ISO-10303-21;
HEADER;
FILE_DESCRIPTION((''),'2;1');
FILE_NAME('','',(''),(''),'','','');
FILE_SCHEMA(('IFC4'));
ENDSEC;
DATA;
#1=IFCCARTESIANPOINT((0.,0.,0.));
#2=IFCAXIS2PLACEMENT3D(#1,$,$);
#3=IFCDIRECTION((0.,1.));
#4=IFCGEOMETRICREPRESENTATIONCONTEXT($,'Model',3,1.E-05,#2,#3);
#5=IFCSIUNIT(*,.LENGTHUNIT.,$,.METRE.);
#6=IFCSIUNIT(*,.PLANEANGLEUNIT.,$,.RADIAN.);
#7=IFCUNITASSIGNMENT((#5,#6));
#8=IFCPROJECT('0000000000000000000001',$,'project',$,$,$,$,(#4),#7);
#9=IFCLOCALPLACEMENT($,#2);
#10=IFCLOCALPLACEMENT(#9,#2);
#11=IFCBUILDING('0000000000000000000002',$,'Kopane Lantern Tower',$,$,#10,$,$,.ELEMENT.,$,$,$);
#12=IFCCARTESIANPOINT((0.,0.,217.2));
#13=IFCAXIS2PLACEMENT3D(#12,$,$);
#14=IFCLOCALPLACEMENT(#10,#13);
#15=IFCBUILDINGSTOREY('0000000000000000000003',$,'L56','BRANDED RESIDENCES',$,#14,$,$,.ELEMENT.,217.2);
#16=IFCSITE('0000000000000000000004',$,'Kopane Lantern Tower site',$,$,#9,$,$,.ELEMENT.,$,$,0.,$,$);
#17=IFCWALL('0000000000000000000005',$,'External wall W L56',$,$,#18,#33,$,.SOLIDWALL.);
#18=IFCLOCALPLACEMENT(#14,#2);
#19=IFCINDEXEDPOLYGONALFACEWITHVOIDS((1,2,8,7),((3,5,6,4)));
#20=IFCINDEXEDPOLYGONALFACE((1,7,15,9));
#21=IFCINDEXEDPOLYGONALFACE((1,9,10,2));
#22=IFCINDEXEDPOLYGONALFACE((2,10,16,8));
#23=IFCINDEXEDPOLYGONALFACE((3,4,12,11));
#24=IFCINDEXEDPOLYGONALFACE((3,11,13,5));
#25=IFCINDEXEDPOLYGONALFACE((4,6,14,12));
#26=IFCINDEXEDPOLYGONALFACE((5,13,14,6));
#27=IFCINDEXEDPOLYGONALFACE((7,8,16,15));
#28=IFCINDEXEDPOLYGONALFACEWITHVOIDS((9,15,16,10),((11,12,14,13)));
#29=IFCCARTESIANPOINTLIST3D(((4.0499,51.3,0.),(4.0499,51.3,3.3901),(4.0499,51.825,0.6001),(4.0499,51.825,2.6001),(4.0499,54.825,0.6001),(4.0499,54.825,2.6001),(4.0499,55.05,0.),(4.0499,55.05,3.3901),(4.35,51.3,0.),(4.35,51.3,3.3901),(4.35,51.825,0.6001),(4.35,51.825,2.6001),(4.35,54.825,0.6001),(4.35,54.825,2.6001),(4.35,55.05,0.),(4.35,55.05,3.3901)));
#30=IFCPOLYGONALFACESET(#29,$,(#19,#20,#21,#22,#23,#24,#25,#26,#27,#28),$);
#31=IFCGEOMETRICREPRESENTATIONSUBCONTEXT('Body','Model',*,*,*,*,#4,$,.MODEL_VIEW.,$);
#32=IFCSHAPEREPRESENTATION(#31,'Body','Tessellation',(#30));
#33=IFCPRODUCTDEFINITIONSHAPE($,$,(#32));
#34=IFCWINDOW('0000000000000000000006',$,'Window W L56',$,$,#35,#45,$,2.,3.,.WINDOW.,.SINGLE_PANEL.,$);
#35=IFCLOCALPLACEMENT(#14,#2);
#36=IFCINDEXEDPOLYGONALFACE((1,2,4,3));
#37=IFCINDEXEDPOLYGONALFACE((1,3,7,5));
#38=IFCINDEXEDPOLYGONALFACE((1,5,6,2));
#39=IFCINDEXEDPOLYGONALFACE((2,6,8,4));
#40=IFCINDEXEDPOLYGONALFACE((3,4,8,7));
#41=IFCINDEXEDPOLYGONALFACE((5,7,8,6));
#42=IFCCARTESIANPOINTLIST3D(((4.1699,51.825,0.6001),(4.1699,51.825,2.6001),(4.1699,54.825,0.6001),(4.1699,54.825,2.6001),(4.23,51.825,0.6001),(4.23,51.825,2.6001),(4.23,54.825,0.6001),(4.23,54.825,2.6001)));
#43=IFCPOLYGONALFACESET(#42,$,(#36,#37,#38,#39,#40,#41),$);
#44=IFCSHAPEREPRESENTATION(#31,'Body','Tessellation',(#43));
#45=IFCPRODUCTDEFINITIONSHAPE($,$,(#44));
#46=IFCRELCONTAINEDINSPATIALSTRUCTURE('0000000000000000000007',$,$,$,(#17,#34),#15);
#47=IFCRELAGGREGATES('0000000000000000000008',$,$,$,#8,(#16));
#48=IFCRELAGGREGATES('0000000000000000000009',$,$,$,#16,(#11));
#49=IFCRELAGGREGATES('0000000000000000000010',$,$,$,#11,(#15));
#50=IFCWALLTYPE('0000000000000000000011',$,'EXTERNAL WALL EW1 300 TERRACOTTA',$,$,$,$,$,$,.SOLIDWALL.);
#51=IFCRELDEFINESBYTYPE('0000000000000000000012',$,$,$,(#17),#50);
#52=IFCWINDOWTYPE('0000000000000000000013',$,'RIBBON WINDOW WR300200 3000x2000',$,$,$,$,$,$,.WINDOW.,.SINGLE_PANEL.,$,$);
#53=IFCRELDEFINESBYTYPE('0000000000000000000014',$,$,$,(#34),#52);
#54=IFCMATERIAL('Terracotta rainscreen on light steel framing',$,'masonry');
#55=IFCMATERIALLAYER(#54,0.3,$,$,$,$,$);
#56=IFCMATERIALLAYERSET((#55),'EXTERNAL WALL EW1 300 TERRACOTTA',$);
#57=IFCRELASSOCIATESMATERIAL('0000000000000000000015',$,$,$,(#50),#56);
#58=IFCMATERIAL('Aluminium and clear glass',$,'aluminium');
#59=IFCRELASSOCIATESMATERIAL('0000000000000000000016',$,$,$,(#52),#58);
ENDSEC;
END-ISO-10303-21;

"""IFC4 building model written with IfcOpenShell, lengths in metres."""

from ifc_helpers import new_model, si_unit, direction, frame, frame_2d, origin, place, context, subcontext, project, spatial, rectangle, extrude, material, layer, layer_set, type_object, element, fill, save


model = new_model("IFC4")

# Units and contexts
model_context = context("Model", 3, precision=1e-05, world=origin(), true_north=direction((0.0, 1.0)))
body_context = subcontext(model_context, "Body", "Model", "MODEL_VIEW")
ifc_project = project(units=[si_unit("LENGTHUNIT", "METRE"), si_unit("PLANEANGLEUNIT", "RADIAN")], contexts=[model_context])

# Site, building, storey
site_placement = place(None, origin())
site = spatial("IfcSite", under=ifc_project, at=site_placement, Name="Kopane Lantern Tower site", CompositionType="ELEMENT", RefElevation=0.0)
building_placement = place(site_placement, origin())
building = spatial("IfcBuilding", under=site, at=building_placement, Name="Kopane Lantern Tower", CompositionType="ELEMENT")
storey_placement = place(building_placement, frame((0.0, 0.0, 217.2)))
storey = spatial("IfcBuildingStorey", under=building, at=storey_placement, Name="L56", Description="BRANDED RESIDENCES", CompositionType="ELEMENT", Elevation=217.2)

# Wall, opening, window
ifc_material_1 = material(Name="Terracotta rainscreen on light steel framing", Category="masonry")
ifc_layer_1 = layer(ifc_material_1, 0.3)
ifc_layer_set_1 = layer_set([ifc_layer_1], Name="EXTERNAL WALL EW1 300 TERRACOTTA")
wall_type_1 = type_object("IfcWallType", Name="EXTERNAL WALL EW1 300 TERRACOTTA", PredefinedType="SOLIDWALL", material=ifc_layer_set_1)
ifc_material_2 = material(Name="Aluminium and clear glass", Category="aluminium")
window_type = type_object("IfcWindowType", Name="RIBBON WINDOW WR300200 3000x2000", PartitioningType="SINGLE_PANEL", PredefinedType="WINDOW", material=ifc_material_2)
wall_1_placement = place(storey_placement, frame((4.2, 55.05, 0.0), z_axis=(0.0, 0.0, 1.0), x_axis=(0.0, -1.0, 0.0)))
wall_1 = element("IfcWall", 1, at=wall_1_placement, inside=storey, type_object=wall_type_1, Name="External wall W L56", PredefinedType="SOLIDWALL", context=body_context, shape_type="SweptSolid", body=[
    extrude(rectangle(XDim=3.75, YDim=0.3, at=frame_2d((1.875, 0.0))), origin(), (0.0, 0.0, 1.0), 3.3901),
])
opening_1_placement = place(wall_1_placement, frame((0.2251, 0.0, 0.6001)))
opening_1 = element("IfcOpeningElement", 2, at=opening_1_placement, cuts=wall_1, PredefinedType="OPENING", context=body_context, shape_type="SweptSolid", body=[
    extrude(rectangle(XDim=3.0, YDim=2.0, at=frame_2d((1.5, 1.0))), frame((0.0, 0.1599, 0.0), z_axis=(0.0, -1.0, 0.0), x_axis=(1.0, 0.0, 0.0)), (0.0, 0.0, 1.0), 0.3201),
])
window_1_placement = place(opening_1_placement, origin())
window_1 = element("IfcWindow", 3, at=window_1_placement, inside=storey, type_object=window_type, Name="Window W L56", OverallHeight=2.0, OverallWidth=3.0, PartitioningType="SINGLE_PANEL", PredefinedType="WINDOW", context=body_context, shape_type="SweptSolid", body=[
    extrude(rectangle(XDim=3.0, YDim=2.0, at=frame_2d((1.5, 1.0))), frame((0.0, 0.03, 0.0), z_axis=(0.0, -1.0, 0.0), x_axis=(1.0, 0.0, 0.0)), (0.0, 0.0, 1.0), 0.0601),
])
fill(opening_1, window_1)

save(model, "model.ifc")
